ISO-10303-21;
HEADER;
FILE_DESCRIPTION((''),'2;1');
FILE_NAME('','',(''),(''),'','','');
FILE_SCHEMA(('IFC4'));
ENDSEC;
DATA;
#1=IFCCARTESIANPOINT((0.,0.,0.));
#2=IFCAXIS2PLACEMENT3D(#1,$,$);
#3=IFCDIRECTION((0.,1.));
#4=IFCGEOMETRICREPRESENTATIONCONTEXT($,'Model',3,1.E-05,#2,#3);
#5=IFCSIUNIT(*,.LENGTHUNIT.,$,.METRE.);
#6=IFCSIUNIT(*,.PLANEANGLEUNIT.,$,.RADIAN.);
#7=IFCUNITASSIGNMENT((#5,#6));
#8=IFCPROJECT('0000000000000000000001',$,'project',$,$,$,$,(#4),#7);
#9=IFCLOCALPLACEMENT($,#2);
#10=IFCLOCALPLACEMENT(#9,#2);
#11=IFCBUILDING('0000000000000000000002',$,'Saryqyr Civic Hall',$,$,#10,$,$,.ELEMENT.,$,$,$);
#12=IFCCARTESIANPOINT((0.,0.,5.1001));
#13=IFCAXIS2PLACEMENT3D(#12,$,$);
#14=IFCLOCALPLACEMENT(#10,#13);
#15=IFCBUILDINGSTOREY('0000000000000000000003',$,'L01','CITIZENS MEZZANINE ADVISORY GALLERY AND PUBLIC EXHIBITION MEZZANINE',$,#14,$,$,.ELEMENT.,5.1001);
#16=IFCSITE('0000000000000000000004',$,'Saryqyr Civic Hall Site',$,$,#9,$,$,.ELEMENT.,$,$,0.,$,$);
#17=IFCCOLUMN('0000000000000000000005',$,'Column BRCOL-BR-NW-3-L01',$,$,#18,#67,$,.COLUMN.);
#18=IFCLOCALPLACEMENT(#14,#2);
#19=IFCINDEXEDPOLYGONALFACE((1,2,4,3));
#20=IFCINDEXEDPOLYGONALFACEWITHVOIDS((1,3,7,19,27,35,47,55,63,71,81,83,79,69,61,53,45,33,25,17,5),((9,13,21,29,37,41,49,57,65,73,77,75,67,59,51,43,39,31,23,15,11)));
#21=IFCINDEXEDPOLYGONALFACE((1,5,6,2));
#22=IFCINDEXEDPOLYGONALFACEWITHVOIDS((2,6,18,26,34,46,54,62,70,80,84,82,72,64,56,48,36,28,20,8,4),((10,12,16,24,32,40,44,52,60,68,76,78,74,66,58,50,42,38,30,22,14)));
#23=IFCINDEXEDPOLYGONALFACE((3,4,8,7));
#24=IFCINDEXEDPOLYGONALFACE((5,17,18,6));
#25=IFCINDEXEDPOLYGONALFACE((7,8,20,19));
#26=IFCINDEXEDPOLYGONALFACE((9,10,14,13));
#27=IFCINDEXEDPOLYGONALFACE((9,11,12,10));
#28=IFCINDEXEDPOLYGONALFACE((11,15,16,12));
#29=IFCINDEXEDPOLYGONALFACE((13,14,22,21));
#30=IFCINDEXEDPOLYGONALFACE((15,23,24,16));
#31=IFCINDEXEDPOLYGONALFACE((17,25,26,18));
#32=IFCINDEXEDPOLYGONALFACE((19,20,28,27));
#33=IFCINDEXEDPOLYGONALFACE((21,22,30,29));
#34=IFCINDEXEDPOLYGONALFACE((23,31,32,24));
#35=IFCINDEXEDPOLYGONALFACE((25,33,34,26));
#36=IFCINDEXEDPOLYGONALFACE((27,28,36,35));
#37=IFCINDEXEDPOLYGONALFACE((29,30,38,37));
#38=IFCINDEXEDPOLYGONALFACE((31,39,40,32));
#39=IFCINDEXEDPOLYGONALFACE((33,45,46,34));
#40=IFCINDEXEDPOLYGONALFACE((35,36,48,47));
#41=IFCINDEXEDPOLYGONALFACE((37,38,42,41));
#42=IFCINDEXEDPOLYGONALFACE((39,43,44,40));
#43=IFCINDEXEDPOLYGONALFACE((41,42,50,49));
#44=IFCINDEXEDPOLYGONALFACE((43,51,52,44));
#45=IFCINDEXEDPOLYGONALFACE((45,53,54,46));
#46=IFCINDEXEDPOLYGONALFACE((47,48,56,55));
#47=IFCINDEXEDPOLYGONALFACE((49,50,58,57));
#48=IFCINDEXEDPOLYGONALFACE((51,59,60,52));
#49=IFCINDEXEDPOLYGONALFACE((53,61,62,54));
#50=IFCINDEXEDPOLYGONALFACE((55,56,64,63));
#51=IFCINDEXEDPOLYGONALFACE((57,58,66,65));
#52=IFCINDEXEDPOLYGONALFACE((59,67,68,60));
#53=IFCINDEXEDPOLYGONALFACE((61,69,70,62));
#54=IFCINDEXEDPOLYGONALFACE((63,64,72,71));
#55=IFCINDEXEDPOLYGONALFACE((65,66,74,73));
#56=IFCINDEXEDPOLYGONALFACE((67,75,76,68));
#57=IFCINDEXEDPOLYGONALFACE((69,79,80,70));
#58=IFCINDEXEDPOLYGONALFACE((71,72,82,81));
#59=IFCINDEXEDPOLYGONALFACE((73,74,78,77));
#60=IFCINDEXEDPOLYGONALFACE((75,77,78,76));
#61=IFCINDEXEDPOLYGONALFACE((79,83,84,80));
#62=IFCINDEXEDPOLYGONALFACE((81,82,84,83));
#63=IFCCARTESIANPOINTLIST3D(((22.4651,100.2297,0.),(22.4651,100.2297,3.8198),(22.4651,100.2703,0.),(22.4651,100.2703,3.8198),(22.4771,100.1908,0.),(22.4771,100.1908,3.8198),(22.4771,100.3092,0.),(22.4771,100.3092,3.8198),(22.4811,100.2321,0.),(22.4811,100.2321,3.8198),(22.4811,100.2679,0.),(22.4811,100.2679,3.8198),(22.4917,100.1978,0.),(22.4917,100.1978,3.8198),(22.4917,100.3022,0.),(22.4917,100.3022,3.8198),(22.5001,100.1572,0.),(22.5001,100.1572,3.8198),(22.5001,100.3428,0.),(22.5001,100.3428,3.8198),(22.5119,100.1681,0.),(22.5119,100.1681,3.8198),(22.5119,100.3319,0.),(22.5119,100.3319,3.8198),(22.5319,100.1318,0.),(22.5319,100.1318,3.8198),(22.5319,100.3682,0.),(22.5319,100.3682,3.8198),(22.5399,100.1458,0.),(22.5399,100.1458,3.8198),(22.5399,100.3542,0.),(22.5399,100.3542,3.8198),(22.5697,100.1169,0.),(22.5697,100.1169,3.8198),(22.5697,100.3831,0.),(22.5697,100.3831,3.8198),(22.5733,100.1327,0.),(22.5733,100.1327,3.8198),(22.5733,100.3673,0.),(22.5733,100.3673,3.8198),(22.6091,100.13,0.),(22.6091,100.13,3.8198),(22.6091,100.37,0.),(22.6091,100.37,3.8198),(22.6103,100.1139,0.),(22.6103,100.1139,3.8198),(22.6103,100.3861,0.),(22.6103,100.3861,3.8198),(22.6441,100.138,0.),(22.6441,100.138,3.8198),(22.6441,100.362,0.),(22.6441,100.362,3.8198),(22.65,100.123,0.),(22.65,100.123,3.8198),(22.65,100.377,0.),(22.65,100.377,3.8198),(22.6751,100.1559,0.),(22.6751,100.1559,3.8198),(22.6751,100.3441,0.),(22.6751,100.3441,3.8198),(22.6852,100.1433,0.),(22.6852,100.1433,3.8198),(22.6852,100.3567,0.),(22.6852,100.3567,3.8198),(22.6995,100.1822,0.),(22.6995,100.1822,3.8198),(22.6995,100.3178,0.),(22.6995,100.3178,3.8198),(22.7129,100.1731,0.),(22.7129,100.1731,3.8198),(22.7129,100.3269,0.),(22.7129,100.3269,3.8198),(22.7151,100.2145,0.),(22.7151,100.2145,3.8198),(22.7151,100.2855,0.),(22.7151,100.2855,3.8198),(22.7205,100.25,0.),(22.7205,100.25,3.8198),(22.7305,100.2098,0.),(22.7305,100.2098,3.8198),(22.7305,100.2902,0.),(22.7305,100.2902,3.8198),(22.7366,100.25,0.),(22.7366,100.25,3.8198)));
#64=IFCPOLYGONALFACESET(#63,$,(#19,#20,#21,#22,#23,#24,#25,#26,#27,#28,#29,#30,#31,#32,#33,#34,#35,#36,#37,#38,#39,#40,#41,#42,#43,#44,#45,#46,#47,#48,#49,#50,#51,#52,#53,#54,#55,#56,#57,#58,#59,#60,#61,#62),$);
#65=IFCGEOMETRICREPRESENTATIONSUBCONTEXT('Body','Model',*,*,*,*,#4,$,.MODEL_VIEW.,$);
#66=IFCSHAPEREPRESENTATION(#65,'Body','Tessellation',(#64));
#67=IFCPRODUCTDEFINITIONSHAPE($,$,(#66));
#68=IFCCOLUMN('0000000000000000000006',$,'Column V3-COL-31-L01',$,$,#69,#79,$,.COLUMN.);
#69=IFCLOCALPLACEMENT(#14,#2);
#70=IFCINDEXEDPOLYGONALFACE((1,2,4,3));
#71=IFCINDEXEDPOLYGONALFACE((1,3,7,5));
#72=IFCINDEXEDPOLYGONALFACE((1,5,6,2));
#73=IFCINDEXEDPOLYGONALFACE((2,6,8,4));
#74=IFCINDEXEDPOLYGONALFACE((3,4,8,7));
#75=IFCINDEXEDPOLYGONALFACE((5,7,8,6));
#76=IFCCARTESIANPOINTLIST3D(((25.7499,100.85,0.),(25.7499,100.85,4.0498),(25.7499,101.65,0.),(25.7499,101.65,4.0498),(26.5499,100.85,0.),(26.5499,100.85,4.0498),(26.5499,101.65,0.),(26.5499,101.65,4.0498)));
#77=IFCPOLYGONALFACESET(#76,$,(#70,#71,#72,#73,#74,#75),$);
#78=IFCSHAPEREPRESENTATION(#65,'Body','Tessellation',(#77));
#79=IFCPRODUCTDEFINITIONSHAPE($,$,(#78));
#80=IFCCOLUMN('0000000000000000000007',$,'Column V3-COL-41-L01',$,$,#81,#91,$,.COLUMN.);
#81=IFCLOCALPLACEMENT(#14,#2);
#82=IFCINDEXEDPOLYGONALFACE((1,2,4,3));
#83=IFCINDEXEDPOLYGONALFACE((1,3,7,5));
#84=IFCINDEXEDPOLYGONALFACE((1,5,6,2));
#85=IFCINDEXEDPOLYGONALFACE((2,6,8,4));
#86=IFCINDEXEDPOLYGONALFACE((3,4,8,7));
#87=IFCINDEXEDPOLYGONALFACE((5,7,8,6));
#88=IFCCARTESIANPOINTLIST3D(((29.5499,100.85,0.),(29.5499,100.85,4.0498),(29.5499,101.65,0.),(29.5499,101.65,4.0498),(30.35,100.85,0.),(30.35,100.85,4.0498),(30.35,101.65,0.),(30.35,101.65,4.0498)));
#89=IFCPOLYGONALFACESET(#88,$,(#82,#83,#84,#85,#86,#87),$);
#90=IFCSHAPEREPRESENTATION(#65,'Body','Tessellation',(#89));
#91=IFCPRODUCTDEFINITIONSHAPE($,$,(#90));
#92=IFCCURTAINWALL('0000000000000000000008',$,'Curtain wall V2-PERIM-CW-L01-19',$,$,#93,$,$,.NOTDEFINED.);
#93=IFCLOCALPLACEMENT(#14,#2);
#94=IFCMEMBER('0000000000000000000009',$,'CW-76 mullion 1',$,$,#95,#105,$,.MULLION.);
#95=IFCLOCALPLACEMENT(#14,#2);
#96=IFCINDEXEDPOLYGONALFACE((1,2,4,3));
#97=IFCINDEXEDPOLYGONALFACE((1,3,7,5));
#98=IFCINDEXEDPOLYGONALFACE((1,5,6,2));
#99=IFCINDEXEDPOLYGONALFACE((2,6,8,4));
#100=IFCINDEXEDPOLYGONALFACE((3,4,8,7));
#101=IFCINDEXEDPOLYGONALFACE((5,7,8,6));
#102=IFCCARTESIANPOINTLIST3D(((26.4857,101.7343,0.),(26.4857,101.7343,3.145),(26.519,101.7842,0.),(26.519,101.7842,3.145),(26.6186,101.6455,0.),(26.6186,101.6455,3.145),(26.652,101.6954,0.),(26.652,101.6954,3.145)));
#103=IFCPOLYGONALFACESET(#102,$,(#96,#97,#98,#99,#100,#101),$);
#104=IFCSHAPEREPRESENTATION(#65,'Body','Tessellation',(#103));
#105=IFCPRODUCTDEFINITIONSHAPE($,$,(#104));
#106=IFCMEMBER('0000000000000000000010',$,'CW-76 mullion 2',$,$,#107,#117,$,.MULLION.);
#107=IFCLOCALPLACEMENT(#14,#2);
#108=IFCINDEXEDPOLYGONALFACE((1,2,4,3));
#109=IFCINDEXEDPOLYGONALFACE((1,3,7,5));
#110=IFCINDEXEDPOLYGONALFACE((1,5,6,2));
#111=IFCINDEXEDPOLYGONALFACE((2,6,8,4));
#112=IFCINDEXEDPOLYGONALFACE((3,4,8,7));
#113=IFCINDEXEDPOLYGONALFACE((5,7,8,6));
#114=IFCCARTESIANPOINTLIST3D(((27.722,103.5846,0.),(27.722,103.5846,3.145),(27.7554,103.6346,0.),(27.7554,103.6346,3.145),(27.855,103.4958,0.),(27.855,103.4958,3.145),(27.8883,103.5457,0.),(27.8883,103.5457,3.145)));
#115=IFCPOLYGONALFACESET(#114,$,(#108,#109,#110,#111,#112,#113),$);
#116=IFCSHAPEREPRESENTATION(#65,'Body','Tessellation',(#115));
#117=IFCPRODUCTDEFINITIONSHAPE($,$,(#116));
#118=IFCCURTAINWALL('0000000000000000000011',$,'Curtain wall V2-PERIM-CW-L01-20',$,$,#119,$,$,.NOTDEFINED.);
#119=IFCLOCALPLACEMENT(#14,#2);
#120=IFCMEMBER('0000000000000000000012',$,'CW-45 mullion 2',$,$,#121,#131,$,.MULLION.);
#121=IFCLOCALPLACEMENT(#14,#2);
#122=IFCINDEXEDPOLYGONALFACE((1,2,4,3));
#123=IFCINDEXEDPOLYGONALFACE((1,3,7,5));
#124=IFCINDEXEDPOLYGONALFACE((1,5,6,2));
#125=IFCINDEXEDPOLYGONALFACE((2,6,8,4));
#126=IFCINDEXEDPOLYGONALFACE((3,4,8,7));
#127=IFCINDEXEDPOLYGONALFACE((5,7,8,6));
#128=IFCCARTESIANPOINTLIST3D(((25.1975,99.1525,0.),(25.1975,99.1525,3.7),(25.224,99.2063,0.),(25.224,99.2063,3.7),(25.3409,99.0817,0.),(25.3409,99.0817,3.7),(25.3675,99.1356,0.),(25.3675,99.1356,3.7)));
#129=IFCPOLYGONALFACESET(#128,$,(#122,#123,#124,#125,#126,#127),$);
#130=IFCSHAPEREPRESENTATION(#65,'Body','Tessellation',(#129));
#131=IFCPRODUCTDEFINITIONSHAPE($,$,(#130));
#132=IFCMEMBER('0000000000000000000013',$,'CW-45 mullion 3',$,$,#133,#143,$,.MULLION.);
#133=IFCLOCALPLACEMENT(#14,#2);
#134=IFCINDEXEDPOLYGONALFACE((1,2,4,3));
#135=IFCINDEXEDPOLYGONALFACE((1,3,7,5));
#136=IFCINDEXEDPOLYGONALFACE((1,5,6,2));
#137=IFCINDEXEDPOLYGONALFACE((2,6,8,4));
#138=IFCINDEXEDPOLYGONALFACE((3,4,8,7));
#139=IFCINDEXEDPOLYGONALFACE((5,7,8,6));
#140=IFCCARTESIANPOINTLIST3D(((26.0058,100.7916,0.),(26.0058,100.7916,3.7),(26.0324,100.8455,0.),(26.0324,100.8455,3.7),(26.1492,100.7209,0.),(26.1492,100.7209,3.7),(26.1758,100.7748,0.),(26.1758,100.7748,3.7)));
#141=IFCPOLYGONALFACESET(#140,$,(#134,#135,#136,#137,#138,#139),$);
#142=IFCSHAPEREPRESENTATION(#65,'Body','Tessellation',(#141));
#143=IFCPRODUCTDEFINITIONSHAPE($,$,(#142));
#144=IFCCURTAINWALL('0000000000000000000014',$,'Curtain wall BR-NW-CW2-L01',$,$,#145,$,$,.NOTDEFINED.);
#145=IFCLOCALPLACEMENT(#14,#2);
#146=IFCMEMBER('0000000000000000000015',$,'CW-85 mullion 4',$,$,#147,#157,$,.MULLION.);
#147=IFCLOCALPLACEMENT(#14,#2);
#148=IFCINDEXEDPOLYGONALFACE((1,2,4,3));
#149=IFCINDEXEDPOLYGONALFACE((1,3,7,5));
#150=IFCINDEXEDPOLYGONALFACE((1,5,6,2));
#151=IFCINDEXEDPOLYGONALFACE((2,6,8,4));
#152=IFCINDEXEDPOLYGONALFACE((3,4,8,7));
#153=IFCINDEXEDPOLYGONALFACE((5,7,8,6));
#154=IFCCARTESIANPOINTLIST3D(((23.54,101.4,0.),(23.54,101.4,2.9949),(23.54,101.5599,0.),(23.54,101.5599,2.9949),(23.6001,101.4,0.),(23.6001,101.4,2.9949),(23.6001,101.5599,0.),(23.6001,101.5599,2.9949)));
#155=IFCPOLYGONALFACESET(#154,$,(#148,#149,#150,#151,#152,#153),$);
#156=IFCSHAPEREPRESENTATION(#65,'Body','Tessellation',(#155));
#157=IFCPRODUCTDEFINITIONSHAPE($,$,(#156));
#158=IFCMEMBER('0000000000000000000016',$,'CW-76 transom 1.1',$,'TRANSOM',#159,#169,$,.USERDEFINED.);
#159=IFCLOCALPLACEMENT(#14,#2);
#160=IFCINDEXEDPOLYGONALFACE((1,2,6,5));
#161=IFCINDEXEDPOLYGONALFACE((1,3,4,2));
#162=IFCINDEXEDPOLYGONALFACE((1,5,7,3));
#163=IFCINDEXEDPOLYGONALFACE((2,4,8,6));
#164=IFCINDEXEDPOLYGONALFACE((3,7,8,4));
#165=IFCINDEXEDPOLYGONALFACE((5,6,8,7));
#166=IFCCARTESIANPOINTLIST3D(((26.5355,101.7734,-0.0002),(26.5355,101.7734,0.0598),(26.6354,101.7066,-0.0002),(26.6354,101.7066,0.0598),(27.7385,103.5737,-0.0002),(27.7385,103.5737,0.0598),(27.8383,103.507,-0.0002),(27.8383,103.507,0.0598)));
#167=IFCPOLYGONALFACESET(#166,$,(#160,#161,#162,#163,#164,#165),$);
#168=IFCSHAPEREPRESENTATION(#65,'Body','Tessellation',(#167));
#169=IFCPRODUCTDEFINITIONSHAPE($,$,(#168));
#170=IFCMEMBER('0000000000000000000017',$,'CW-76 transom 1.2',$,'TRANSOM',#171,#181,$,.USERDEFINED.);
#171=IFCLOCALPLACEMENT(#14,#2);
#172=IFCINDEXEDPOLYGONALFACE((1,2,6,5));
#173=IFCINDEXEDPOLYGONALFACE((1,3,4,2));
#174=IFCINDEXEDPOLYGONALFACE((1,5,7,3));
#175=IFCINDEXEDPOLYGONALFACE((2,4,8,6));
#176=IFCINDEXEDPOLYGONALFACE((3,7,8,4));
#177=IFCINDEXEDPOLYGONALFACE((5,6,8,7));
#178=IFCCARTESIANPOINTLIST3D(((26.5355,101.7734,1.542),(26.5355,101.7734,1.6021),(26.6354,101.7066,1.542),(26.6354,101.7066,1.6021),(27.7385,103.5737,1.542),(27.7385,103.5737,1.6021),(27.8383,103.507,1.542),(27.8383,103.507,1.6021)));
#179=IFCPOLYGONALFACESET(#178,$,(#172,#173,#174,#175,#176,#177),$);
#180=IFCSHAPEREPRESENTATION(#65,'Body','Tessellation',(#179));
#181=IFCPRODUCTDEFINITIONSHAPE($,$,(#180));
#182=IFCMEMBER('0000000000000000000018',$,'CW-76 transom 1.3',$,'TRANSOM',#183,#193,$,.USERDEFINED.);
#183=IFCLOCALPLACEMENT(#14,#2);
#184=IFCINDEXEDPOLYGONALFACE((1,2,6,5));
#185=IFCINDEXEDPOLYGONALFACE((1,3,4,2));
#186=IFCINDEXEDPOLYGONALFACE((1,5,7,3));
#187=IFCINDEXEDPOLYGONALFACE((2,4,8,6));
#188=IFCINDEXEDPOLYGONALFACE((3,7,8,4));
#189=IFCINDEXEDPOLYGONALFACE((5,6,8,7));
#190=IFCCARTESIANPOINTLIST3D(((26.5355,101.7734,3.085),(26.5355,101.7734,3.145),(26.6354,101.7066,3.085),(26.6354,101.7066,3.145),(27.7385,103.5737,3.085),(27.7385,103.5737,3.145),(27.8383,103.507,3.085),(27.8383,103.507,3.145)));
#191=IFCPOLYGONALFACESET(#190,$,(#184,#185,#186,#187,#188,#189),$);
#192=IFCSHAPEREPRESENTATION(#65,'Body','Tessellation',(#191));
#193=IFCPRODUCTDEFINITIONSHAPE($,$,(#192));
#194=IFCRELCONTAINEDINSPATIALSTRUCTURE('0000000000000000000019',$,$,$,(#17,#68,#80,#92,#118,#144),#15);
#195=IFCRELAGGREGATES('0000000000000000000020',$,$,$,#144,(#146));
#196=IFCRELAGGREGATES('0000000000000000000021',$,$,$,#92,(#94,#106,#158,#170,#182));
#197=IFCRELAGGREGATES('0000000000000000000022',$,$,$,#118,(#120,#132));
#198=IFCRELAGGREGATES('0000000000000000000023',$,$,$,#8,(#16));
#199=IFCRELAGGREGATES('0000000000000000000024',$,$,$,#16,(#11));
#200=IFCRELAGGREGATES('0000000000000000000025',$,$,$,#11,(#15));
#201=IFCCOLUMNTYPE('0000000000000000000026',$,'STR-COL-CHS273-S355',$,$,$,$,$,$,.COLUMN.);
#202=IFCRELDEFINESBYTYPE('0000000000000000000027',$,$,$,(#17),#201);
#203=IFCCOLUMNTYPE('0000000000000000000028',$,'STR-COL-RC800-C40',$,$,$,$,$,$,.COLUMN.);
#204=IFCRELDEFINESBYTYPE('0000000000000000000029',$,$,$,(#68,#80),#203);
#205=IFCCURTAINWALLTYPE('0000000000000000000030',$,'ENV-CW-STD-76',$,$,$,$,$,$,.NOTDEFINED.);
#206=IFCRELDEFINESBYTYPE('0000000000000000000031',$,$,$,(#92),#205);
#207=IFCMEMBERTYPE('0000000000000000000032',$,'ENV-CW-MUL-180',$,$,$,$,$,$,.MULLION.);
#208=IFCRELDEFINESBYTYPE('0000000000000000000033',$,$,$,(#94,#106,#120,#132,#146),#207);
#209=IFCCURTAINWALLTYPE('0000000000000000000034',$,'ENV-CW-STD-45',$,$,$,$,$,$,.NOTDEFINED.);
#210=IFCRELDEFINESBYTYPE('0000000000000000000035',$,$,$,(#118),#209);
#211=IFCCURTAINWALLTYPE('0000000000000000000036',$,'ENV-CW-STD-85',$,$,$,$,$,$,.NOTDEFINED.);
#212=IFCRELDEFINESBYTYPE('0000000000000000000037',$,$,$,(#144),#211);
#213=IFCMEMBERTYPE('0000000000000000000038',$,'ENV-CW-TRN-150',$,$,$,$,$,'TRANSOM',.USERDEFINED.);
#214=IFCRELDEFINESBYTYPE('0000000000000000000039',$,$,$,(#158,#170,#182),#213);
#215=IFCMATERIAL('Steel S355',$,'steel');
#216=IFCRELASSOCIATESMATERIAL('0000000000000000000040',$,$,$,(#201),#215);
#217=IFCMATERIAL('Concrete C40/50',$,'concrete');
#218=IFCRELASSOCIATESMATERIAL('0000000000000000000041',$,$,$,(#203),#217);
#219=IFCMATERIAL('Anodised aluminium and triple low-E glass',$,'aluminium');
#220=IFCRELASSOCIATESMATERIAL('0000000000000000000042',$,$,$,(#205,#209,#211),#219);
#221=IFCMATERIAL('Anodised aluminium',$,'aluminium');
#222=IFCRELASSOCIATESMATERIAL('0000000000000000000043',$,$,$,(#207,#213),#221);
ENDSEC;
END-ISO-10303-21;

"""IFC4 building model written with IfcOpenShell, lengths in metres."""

from ifc_helpers import new_model, si_unit, direction, frame, origin, origin_2d, place, context, subcontext, project, spatial, rectangle, hollow_circle, extrude, material, material_profile, profile_set, type_object, element, aggregate, save


model = new_model("IFC4")

# Units and contexts
model_context = context("Model", 3, precision=1e-05, world=origin(), true_north=direction((0.0, 1.0)))
body_context = subcontext(model_context, "Body", "Model", "MODEL_VIEW")
ifc_project = project(units=[si_unit("LENGTHUNIT", "METRE"), si_unit("PLANEANGLEUNIT", "RADIAN")], contexts=[model_context])

# Site, building, storey
site_placement = place(None, origin())
site = spatial("IfcSite", under=ifc_project, at=site_placement, Name="Saryqyr Civic Hall Site", CompositionType="ELEMENT", RefElevation=0.0)
building_placement = place(site_placement, origin())
building = spatial("IfcBuilding", under=site, at=building_placement, Name="Saryqyr Civic Hall", CompositionType="ELEMENT")
storey_placement = place(building_placement, frame((0.0, 0.0, 5.1001)))
storey = spatial("IfcBuildingStorey", under=building, at=storey_placement, Name="L01", Description="CITIZENS MEZZANINE ADVISORY GALLERY AND PUBLIC EXHIBITION MEZZANINE", CompositionType="ELEMENT", Elevation=5.1001)

# Columns
ifc_material_1 = material(Name="Steel S355", Category="steel")
ifc_material_profile_1 = material_profile(ifc_material_1, hollow_circle(Radius=0.1365, WallThickness=0.0161, at=origin_2d()), Name="CHS 273x16")
ifc_profile_set_1 = profile_set([ifc_material_profile_1], Name="Steel S355")
column_type_1 = type_object("IfcColumnType", Name="STR-COL-CHS273-S355", PredefinedType="COLUMN", material=ifc_profile_set_1)
column_placement = place(storey_placement, frame((22.6001, 100.25, 0.0), z_axis=(0.0, 0.0, 1.0), x_axis=(1.0, 0.0, 0.0)))
element("IfcColumn", 1, at=column_placement, inside=storey, type_object=column_type_1, Name="Column BRCOL-BR-NW-3-L01", PredefinedType="COLUMN", context=body_context, shape_type="SweptSolid", body=[
    extrude(hollow_circle(Radius=0.1365, WallThickness=0.0161, at=origin_2d()), origin(), (0.0, 0.0, 1.0), 3.8198),
])
ifc_material_2 = material(Name="Concrete C40/50", Category="concrete")
ifc_material_profile_2 = material_profile(ifc_material_2, rectangle(XDim=0.8, YDim=0.8, at=origin_2d()), Name="RC 800x800")
ifc_profile_set_2 = profile_set([ifc_material_profile_2], Name="Concrete C40/50")
column_type_2 = type_object("IfcColumnType", Name="STR-COL-RC800-C40", PredefinedType="COLUMN", material=ifc_profile_set_2)
for number, where, z_axis, x_axis, name in (
    (2, (26.1499, 101.25, 0.0), (0.0, 0.0, 1.0), (1.0, 0.0, 0.0), "Column V3-COL-31-L01"),
    (3, (29.95, 101.25, 0.0), (0.0, 0.0, 1.0), (1.0, 0.0, 0.0), "Column V3-COL-41-L01"),
):
    element("IfcColumn", number, at=place(storey_placement, frame(where, z_axis=z_axis, x_axis=x_axis)), inside=storey, type_object=column_type_2, Name=name, PredefinedType="COLUMN", context=body_context, shape_type="SweptSolid", body=[
        extrude(rectangle(XDim=0.8, YDim=0.8, at=origin_2d()), origin(), (0.0, 0.0, 1.0), 4.0498),
    ])

# Curtain walls, members
ifc_material_3 = material(Name="Anodised aluminium and triple low-E glass", Category="aluminium")
curtain_wall_type_1 = type_object("IfcCurtainWallType", Name="ENV-CW-STD-76", PredefinedType="NOTDEFINED", material=ifc_material_3)
curtain_wall_1_placement = place(storey_placement, origin())
curtain_wall_1 = element("IfcCurtainWall", 4, at=curtain_wall_1_placement, inside=storey, type_object=curtain_wall_type_1, Name="Curtain wall V2-PERIM-CW-L01-19", PredefinedType="NOTDEFINED")
ifc_material_4 = material(Name="Anodised aluminium", Category="aluminium")
ifc_material_profile_3 = material_profile(ifc_material_4, rectangle(XDim=0.0601, YDim=0.1599, at=origin_2d()), Name="ALU MULLION 60x160")
ifc_profile_set_3 = profile_set([ifc_material_profile_3], Name="Anodised aluminium")
member_type_1 = type_object("IfcMemberType", Name="ENV-CW-MUL-180", PredefinedType="MULLION", material=ifc_profile_set_3)
member_1_placement = place(storey_placement, frame((26.5688, 101.7148, 0.0), z_axis=(0.0, 0.0, 1.0), x_axis=(0.555559, 0.831477, 0.0)))
member_1 = element("IfcMember", 5, at=member_1_placement, type_object=member_type_1, Name="CW-76 mullion 1", PredefinedType="MULLION", context=body_context, shape_type="SweptSolid", body=[
    extrude(rectangle(XDim=0.0601, YDim=0.1599, at=origin_2d()), origin(), (0.0, 0.0, 1.0), 3.145),
])
member_2_placement = place(storey_placement, frame((27.8052, 103.5652, 0.0), z_axis=(0.0, 0.0, 1.0), x_axis=(0.555559, 0.831477, 0.0)))
member_2 = element("IfcMember", 6, at=member_2_placement, type_object=member_type_1, Name="CW-76 mullion 2", PredefinedType="MULLION", context=body_context, shape_type="SweptSolid", body=[
    extrude(rectangle(XDim=0.0601, YDim=0.1599, at=origin_2d()), origin(), (0.0, 0.0, 1.0), 3.145),
])
curtain_wall_type_2 = type_object("IfcCurtainWallType", Name="ENV-CW-STD-45", PredefinedType="NOTDEFINED", material=ifc_material_3)
curtain_wall_2_placement = place(storey_placement, origin())
curtain_wall_2 = element("IfcCurtainWall", 7, at=curtain_wall_2_placement, inside=storey, type_object=curtain_wall_type_2, Name="Curtain wall V2-PERIM-CW-L01-20", PredefinedType="NOTDEFINED")
member_3_placement = place(storey_placement, frame((25.2825, 99.144, 0.0), z_axis=(0.0, 0.0, 1.0), x_axis=(0.442286, 0.896874, 0.0)))
member_3 = element("IfcMember", 8, at=member_3_placement, type_object=member_type_1, Name="CW-45 mullion 2", PredefinedType="MULLION", context=body_context, shape_type="SweptSolid", body=[
    extrude(rectangle(XDim=0.0601, YDim=0.1599, at=origin_2d()), origin(), (0.0, 0.0, 1.0), 3.7),
])
member_4_placement = place(storey_placement, frame((26.0908, 100.7832, 0.0), z_axis=(0.0, 0.0, 1.0), x_axis=(0.442286, 0.896874, 0.0)))
member_4 = element("IfcMember", 9, at=member_4_placement, type_object=member_type_1, Name="CW-45 mullion 3", PredefinedType="MULLION", context=body_context, shape_type="SweptSolid", body=[
    extrude(rectangle(XDim=0.0601, YDim=0.1599, at=origin_2d()), origin(), (0.0, 0.0, 1.0), 3.7),
])

# Curtain wall, member
curtain_wall_type_3 = type_object("IfcCurtainWallType", Name="ENV-CW-STD-85", PredefinedType="NOTDEFINED", material=ifc_material_3)
curtain_wall_3_placement = place(storey_placement, origin())
curtain_wall_3 = element("IfcCurtainWall", 10, at=curtain_wall_3_placement, inside=storey, type_object=curtain_wall_type_3, Name="Curtain wall BR-NW-CW2-L01", PredefinedType="NOTDEFINED")
member_5_placement = place(storey_placement, frame((23.5701, 101.48, 0.0), z_axis=(0.0, 0.0, 1.0), x_axis=(1.0, 0.0, 0.0)))
member_5 = element("IfcMember", 11, at=member_5_placement, type_object=member_type_1, Name="CW-85 mullion 4", PredefinedType="MULLION", context=body_context, shape_type="SweptSolid", body=[
    extrude(rectangle(XDim=0.0601, YDim=0.1599, at=origin_2d()), origin(), (0.0, 0.0, 1.0), 2.9949),
])
aggregate(curtain_wall_3, [member_5])

# Members
ifc_material_profile_4 = material_profile(ifc_material_4, rectangle(XDim=0.1201, YDim=0.0601, at=origin_2d()), Name="ALU TRANSOM 120x60")
ifc_profile_set_4 = profile_set([ifc_material_profile_4], Name="Anodised aluminium")
member_type_2 = type_object("IfcMemberType", Name="ENV-CW-TRN-150", ElementType="TRANSOM", PredefinedType="USERDEFINED", material=ifc_profile_set_4)
member_6_placement = place(storey_placement, frame((26.5854, 101.74, 0.0298), z_axis=(0.555559, 0.831477, 0.0), x_axis=(-0.831477, 0.555559, 0.0)))
member_6 = element("IfcMember", 12, at=member_6_placement, type_object=member_type_2, Name="CW-76 transom 1.1", ObjectType="TRANSOM", PredefinedType="USERDEFINED", context=body_context, shape_type="SweptSolid", body=[
    extrude(rectangle(XDim=0.1201, YDim=0.0601, at=origin_2d()), origin(), (0.0, 0.0, 1.0), 2.1653),
])
member_7_placement = place(storey_placement, frame((26.5854, 101.74, 1.572), z_axis=(0.555559, 0.831477, 0.0), x_axis=(-0.831477, 0.555559, 0.0)))
member_7 = element("IfcMember", 13, at=member_7_placement, type_object=member_type_2, Name="CW-76 transom 1.2", ObjectType="TRANSOM", PredefinedType="USERDEFINED", context=body_context, shape_type="SweptSolid", body=[
    extrude(rectangle(XDim=0.1201, YDim=0.0601, at=origin_2d()), origin(), (0.0, 0.0, 1.0), 2.1653),
])
member_8_placement = place(storey_placement, frame((26.5854, 101.74, 3.115), z_axis=(0.555559, 0.831477, 0.0), x_axis=(-0.831477, 0.555559, 0.0)))
member_8 = element("IfcMember", 14, at=member_8_placement, type_object=member_type_2, Name="CW-76 transom 1.3", ObjectType="TRANSOM", PredefinedType="USERDEFINED", context=body_context, shape_type="SweptSolid", body=[
    extrude(rectangle(XDim=0.1201, YDim=0.0601, at=origin_2d()), origin(), (0.0, 0.0, 1.0), 2.1653),
])

aggregate(curtain_wall_1, [member_1, member_2, member_6, member_7, member_8])
aggregate(curtain_wall_2, [member_3, member_4])

save(model, "model.ifc")
